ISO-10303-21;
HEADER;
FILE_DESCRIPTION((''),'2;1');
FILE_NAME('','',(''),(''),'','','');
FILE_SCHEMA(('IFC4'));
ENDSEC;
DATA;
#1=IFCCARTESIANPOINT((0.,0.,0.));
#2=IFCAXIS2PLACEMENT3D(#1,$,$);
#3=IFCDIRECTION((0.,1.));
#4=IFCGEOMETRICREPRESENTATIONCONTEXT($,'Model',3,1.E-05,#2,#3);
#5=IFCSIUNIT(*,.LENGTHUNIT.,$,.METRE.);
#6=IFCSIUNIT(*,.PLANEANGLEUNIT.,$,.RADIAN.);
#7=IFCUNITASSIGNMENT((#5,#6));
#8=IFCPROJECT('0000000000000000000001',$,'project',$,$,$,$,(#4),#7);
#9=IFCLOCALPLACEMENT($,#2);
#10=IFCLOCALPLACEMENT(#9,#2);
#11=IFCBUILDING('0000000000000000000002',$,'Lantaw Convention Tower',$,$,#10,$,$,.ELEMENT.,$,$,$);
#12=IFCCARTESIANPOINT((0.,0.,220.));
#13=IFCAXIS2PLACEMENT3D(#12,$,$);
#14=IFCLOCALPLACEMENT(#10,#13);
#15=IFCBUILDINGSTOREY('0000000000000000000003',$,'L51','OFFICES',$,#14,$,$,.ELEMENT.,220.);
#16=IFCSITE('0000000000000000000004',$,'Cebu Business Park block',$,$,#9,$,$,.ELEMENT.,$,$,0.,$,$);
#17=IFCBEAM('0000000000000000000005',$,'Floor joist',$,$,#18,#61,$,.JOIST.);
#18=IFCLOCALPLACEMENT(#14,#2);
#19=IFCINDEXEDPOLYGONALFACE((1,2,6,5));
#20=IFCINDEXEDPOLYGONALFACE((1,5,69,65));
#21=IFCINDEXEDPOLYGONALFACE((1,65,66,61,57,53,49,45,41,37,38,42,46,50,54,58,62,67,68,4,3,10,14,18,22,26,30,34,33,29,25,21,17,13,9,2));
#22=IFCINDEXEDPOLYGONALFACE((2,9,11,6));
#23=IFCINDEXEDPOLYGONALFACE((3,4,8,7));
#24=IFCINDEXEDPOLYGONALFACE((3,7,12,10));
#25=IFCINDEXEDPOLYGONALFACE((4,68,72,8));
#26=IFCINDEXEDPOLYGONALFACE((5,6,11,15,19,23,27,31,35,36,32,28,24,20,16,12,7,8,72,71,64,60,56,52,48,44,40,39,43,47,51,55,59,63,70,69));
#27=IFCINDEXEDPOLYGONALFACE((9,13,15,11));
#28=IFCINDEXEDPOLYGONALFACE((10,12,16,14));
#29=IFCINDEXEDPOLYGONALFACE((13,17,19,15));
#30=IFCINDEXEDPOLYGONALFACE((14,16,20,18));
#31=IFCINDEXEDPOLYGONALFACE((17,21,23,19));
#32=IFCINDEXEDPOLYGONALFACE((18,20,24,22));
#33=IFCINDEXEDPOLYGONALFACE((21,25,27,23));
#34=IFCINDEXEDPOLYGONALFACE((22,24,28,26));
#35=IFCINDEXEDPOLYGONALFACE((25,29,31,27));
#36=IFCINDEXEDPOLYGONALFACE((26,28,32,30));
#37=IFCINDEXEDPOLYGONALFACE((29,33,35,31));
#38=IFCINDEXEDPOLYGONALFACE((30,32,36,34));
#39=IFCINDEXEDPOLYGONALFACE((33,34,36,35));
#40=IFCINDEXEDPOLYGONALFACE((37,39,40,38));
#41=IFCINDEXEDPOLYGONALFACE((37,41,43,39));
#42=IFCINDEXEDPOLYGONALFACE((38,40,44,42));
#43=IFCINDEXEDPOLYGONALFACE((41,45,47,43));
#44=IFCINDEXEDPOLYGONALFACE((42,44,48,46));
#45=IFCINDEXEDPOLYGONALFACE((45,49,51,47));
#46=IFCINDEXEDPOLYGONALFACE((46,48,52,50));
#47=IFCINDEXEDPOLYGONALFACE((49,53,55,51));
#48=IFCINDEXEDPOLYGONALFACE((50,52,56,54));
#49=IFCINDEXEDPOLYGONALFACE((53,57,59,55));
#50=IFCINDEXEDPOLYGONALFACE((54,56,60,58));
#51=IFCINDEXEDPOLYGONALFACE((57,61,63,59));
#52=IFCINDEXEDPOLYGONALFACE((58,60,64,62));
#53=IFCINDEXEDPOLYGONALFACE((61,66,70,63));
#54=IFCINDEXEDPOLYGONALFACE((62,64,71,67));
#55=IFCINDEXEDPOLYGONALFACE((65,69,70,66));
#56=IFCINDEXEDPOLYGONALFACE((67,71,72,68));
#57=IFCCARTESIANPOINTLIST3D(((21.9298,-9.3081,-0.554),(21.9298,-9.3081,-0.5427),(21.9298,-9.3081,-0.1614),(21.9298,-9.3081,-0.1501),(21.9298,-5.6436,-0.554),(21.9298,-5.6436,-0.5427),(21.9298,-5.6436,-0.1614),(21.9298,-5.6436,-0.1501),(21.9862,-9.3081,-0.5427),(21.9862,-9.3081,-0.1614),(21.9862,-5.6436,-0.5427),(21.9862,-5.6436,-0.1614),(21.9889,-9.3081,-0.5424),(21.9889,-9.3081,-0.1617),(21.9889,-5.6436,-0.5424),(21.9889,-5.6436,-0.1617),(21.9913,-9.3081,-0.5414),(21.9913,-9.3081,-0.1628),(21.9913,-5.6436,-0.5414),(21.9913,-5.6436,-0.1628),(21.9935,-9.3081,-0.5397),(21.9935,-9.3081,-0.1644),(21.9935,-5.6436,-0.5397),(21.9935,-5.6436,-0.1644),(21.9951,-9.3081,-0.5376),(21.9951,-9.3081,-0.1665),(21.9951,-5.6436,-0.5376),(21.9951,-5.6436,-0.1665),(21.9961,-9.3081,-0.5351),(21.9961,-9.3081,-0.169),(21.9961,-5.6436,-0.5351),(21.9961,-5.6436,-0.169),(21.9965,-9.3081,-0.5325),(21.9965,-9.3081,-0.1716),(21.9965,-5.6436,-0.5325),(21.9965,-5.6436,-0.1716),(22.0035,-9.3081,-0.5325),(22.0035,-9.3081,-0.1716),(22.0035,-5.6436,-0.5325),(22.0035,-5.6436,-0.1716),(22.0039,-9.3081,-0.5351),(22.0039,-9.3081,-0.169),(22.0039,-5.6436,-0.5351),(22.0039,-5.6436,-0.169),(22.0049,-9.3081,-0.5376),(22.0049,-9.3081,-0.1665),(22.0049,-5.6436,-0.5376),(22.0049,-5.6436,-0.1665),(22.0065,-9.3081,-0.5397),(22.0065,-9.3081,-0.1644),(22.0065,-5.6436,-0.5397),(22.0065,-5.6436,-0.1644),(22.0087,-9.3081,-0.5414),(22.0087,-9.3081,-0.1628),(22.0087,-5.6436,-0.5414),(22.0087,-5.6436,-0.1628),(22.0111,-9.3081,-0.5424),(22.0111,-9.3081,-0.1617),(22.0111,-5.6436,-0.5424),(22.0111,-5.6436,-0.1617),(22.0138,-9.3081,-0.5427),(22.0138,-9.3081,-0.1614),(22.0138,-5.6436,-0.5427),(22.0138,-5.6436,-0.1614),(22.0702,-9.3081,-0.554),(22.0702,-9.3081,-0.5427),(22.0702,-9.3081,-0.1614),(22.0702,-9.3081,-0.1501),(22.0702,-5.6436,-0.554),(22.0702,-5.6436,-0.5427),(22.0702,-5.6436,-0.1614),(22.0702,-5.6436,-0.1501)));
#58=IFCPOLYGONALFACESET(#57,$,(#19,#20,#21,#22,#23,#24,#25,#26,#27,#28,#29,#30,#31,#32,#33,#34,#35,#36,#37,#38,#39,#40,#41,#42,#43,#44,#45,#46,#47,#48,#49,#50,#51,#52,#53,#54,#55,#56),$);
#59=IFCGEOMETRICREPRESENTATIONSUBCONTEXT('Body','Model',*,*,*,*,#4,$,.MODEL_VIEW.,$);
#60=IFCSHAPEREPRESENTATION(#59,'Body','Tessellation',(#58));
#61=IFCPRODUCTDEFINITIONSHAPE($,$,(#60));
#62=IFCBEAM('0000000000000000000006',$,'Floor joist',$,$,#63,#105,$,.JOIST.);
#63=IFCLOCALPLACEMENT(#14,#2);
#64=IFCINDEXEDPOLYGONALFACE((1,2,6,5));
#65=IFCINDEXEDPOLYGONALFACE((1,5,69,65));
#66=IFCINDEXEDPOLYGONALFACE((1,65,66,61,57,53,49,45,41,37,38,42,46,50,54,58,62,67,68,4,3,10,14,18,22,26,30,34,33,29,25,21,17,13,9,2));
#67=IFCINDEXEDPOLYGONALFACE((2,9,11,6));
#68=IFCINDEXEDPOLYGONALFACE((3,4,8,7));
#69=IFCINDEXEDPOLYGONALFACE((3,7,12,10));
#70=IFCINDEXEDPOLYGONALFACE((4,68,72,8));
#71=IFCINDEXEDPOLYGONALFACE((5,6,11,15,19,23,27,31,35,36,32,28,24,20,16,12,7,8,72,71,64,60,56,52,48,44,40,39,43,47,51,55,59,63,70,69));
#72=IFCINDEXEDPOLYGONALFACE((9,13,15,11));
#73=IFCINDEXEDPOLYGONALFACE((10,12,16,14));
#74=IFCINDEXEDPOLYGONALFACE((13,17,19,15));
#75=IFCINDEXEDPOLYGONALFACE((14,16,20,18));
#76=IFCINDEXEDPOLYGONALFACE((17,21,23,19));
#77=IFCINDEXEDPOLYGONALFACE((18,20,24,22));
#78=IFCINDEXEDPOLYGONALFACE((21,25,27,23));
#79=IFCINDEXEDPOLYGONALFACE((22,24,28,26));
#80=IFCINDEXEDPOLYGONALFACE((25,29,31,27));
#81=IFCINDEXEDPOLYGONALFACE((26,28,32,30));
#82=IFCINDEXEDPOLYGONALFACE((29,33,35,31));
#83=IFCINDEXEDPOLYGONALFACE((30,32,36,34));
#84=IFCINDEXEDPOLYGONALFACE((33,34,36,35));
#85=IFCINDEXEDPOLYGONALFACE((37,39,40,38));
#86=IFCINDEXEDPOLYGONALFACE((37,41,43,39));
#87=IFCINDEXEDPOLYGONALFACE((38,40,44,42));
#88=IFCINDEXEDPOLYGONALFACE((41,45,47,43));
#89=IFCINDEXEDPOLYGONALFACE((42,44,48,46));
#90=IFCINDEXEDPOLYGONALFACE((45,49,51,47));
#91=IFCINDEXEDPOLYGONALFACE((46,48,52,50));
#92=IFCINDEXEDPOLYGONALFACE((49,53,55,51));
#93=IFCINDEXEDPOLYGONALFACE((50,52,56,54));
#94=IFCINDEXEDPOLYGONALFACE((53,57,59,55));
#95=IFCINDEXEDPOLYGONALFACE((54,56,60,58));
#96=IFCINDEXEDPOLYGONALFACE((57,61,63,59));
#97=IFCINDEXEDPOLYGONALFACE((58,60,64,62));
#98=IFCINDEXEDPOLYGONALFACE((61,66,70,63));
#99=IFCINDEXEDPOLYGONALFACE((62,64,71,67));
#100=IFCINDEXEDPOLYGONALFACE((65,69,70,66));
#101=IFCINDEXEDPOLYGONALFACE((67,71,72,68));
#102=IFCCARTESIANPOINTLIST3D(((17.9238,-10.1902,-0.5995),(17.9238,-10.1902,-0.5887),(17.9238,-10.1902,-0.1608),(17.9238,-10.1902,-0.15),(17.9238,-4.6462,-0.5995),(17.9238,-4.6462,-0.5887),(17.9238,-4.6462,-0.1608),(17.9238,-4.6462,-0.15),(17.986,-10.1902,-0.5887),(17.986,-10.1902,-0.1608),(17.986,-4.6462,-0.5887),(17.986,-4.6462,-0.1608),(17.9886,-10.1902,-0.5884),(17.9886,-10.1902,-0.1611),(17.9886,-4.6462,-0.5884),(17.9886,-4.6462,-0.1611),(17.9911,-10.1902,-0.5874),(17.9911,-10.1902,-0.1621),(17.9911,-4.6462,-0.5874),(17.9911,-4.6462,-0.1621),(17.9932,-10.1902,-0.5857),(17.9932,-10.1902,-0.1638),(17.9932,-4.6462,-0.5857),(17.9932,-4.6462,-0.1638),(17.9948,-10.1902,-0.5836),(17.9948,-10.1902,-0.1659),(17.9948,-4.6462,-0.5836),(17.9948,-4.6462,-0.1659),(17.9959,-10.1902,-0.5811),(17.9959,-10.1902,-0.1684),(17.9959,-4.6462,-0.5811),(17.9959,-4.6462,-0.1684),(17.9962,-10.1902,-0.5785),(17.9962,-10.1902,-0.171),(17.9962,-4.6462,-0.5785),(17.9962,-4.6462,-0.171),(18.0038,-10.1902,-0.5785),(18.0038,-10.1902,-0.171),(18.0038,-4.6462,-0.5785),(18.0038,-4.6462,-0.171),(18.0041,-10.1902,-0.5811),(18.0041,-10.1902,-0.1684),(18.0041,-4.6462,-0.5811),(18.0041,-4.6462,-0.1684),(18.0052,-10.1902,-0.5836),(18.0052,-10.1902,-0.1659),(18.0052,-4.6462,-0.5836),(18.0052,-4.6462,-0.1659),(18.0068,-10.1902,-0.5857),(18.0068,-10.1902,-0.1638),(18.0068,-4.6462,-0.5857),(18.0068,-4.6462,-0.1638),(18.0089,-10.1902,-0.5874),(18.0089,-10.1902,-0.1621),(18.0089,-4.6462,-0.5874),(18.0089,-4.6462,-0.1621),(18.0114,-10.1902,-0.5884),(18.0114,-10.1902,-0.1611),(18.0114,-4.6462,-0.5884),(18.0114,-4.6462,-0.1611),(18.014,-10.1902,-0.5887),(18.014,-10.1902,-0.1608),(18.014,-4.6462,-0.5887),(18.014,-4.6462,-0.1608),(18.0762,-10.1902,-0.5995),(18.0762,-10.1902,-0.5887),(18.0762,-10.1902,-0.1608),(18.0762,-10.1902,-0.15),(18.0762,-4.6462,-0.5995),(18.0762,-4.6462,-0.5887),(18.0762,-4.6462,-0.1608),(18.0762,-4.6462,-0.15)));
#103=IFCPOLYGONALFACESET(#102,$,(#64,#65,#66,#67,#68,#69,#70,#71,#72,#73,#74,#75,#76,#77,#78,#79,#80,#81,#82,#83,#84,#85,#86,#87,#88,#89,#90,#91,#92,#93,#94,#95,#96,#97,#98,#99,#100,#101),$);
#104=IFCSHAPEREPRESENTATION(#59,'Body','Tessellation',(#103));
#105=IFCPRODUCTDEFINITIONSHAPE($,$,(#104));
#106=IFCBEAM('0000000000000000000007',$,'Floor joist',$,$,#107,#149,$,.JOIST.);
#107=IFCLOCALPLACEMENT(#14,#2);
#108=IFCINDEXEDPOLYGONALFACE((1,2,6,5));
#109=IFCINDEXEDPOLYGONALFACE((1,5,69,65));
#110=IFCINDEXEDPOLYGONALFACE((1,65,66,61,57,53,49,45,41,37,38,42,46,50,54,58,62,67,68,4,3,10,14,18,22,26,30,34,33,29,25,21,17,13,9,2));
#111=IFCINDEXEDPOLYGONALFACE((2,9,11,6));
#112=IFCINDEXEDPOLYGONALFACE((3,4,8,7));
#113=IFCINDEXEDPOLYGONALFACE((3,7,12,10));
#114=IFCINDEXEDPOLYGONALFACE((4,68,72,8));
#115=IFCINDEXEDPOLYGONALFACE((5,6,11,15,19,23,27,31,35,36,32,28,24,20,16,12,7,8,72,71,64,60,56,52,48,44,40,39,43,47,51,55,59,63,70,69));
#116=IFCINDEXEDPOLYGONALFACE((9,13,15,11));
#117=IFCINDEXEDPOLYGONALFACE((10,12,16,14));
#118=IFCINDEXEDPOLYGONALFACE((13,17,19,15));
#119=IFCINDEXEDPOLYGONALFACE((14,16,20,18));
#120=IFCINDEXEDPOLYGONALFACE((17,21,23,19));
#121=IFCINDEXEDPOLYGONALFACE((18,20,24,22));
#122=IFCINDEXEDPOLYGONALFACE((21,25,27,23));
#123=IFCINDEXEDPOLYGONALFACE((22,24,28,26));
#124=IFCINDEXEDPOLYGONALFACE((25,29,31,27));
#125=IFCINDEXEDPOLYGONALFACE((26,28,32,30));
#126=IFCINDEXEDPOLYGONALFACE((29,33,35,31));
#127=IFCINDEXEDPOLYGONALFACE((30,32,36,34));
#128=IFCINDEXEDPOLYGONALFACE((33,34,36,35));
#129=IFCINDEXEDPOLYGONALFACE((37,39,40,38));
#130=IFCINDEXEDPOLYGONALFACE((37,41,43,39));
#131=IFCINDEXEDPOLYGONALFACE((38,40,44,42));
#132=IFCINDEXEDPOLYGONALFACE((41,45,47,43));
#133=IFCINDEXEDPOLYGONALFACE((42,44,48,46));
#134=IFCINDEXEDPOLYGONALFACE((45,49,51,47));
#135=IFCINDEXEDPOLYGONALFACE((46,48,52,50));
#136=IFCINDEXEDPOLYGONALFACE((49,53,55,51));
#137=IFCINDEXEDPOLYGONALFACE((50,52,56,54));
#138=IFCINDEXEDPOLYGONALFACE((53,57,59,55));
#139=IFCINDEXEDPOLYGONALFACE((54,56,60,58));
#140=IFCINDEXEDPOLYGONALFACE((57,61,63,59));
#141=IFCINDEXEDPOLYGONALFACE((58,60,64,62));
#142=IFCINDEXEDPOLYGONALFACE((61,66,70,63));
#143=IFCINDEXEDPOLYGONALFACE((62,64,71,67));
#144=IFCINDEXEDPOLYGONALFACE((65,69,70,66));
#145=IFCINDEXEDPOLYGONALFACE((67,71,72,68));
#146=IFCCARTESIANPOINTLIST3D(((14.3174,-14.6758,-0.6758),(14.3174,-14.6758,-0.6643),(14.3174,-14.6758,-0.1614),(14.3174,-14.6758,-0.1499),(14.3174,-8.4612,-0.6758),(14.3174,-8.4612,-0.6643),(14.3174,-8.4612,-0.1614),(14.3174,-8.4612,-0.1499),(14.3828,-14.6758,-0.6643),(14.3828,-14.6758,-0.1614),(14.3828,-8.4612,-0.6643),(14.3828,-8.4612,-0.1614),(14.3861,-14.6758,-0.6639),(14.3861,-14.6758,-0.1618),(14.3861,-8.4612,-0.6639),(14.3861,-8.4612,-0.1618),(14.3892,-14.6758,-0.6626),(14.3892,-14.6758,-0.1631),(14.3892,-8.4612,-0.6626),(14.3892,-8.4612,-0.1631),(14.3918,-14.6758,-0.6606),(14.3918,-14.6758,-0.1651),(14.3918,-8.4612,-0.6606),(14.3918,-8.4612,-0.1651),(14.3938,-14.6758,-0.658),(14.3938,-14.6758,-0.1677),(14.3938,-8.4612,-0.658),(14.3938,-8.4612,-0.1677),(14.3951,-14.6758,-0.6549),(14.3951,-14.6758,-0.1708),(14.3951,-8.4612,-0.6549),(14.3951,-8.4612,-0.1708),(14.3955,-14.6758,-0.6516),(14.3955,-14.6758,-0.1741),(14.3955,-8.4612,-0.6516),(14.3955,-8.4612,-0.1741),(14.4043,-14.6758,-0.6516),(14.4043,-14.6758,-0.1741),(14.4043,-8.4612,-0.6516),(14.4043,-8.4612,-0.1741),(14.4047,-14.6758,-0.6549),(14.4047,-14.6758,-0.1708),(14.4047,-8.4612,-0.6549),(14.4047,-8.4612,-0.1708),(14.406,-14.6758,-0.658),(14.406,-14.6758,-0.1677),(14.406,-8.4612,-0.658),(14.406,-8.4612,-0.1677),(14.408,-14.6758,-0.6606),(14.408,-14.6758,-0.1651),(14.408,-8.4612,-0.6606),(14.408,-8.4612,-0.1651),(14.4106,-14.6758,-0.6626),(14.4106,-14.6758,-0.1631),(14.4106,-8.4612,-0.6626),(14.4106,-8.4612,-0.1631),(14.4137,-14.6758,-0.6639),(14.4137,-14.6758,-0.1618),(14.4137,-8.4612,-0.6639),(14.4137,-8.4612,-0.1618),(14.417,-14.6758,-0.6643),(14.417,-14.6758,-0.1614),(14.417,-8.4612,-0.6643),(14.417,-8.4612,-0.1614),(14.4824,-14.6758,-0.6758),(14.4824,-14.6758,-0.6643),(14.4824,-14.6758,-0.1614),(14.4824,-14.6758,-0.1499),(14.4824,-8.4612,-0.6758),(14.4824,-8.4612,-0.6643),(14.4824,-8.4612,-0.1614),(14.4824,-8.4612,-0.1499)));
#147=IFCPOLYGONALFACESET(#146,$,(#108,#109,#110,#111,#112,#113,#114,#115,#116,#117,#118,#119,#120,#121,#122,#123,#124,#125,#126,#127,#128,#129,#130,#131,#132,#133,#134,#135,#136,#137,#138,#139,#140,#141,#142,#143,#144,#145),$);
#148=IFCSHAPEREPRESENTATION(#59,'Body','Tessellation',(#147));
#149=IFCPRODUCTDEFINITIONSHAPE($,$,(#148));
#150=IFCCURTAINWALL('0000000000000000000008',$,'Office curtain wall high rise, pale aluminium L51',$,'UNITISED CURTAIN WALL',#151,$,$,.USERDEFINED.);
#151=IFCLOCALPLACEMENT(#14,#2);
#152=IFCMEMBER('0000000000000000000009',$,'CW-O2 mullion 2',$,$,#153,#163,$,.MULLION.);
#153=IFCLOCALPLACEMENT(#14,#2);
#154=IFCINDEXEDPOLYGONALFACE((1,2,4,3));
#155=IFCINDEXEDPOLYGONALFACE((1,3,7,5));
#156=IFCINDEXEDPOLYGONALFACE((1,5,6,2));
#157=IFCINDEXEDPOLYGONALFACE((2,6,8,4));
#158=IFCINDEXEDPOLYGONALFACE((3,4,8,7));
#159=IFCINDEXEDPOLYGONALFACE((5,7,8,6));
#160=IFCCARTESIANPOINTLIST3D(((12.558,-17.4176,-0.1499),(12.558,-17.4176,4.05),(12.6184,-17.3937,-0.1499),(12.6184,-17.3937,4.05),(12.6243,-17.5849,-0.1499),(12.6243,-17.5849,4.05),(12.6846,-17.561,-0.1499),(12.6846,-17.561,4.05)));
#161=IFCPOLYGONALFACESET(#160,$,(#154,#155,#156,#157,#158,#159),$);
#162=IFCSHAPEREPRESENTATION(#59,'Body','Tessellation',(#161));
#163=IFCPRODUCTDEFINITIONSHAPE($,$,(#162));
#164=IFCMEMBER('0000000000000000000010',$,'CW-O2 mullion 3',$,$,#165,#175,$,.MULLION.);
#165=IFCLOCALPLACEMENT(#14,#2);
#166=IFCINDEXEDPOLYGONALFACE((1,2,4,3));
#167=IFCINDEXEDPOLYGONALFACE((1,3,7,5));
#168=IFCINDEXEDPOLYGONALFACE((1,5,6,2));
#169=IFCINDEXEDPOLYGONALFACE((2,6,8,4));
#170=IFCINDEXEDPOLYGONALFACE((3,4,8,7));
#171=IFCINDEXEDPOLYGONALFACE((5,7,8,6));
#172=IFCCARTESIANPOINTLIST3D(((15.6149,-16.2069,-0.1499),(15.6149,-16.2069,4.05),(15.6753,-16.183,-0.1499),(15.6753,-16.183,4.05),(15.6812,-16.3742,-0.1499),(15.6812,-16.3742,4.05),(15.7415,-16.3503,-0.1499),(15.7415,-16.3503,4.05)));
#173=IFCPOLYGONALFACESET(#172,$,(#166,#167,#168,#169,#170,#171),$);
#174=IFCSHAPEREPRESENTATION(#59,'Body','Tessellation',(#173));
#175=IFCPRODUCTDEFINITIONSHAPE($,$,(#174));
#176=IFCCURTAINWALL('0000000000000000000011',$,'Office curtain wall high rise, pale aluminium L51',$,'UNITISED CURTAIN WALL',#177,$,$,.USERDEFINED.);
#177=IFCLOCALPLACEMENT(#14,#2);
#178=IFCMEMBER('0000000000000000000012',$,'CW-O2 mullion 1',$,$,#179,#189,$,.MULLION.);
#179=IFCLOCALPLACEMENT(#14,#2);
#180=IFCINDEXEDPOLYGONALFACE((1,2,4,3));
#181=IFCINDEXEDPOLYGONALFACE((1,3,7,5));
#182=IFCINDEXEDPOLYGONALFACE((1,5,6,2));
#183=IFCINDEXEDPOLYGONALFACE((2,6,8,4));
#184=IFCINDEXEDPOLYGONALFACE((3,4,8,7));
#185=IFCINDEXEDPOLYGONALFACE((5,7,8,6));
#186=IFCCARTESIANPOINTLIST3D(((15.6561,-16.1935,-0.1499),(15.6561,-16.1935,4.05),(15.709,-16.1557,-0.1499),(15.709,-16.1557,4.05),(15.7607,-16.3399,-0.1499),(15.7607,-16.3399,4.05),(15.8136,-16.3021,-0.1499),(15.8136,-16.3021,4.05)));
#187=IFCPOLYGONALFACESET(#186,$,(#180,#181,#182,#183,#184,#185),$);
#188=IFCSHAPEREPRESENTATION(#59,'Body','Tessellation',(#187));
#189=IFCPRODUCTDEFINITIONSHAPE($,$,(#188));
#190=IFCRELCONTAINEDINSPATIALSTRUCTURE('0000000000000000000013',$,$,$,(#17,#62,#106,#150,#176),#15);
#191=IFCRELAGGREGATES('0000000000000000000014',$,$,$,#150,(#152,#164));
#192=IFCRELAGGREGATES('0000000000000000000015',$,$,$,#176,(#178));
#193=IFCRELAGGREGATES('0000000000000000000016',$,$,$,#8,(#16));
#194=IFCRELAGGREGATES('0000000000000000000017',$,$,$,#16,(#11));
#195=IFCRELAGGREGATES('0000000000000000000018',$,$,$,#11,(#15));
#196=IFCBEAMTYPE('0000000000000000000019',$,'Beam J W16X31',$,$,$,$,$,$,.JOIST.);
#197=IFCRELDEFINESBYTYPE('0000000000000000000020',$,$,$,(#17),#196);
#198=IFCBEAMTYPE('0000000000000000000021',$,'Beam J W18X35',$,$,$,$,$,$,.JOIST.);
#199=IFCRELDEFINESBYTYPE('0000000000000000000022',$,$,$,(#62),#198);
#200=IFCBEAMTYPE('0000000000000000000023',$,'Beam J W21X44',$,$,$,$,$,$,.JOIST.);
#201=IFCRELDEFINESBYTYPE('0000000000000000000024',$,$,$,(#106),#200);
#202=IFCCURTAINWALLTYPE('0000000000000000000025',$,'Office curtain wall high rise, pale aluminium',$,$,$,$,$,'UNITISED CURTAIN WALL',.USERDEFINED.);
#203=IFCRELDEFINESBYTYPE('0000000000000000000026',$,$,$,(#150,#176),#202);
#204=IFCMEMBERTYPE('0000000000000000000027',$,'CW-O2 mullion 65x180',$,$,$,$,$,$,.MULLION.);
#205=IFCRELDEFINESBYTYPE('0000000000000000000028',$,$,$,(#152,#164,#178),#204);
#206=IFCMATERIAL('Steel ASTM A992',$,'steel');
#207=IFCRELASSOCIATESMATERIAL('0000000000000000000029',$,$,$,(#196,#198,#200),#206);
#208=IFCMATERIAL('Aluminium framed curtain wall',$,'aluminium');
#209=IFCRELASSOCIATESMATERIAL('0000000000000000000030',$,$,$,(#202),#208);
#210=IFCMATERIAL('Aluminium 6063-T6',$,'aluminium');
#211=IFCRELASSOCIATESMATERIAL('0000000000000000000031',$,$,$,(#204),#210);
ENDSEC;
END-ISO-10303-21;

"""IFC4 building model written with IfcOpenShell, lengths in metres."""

from ifc_helpers import new_model, si_unit, direction, frame, origin, origin_2d, place, context, subcontext, project, spatial, rectangle, i_section, extrude, material, material_profile, profile_set, type_object, element, aggregate, save


model = new_model("IFC4")

# Units and contexts
model_context = context("Model", 3, precision=1e-05, world=origin(), true_north=direction((0.0, 1.0)))
body_context = subcontext(model_context, "Body", "Model", "MODEL_VIEW")
ifc_project = project(units=[si_unit("LENGTHUNIT", "METRE"), si_unit("PLANEANGLEUNIT", "RADIAN")], contexts=[model_context])

# Site, building, storey
site_placement = place(None, origin())
site = spatial("IfcSite", under=ifc_project, at=site_placement, Name="Cebu Business Park block", CompositionType="ELEMENT", RefElevation=0.0)
building_placement = place(site_placement, origin())
building = spatial("IfcBuilding", under=site, at=building_placement, Name="Lantaw Convention Tower", CompositionType="ELEMENT")
storey_placement = place(building_placement, frame((0.0, 0.0, 220.0)))
storey = spatial("IfcBuildingStorey", under=building, at=storey_placement, Name="L51", Description="OFFICES", CompositionType="ELEMENT", Elevation=220.0)

# Beams
ifc_material_1 = material(Name="Steel ASTM A992", Category="steel")
ifc_material_profile_1 = material_profile(ifc_material_1, i_section(OverallWidth=0.1404, OverallDepth=0.4038, WebThickness=0.0071, FlangeThickness=0.0112, FilletRadius=0.0103, at=origin_2d()), Name="W16X31")
ifc_profile_set_1 = profile_set([ifc_material_profile_1], Name="Steel ASTM A992")
beam_type_1 = type_object("IfcBeamType", Name="Beam J W16X31", PredefinedType="JOIST", material=ifc_profile_set_1)
beam_1_placement = place(storey_placement, frame((22.0, -9.3081, -0.3521), z_axis=(0.0, 1.0, 0.0), x_axis=(-1.0, 0.0, 0.0)))
element("IfcBeam", 1, at=beam_1_placement, inside=storey, type_object=beam_type_1, Name="Floor joist", PredefinedType="JOIST", context=body_context, shape_type="SweptSolid", body=[
    extrude(i_section(OverallWidth=0.1404, OverallDepth=0.4038, WebThickness=0.0071, FlangeThickness=0.0112, FilletRadius=0.0103, at=origin_2d()), origin(), (0.0, 0.0, 1.0), 3.6646),
])
ifc_material_profile_2 = material_profile(ifc_material_1, i_section(OverallWidth=0.1523, OverallDepth=0.4495, WebThickness=0.0076, FlangeThickness=0.0107, FilletRadius=0.0103, at=origin_2d()), Name="W18X35")
ifc_profile_set_2 = profile_set([ifc_material_profile_2], Name="Steel ASTM A992")
beam_type_2 = type_object("IfcBeamType", Name="Beam J W18X35", PredefinedType="JOIST", material=ifc_profile_set_2)
beam_2_placement = place(storey_placement, frame((18.0, -10.1902, -0.3748), z_axis=(0.0, 1.0, 0.0), x_axis=(-1.0, 0.0, 0.0)))
element("IfcBeam", 2, at=beam_2_placement, inside=storey, type_object=beam_type_2, Name="Floor joist", PredefinedType="JOIST", context=body_context, shape_type="SweptSolid", body=[
    extrude(i_section(OverallWidth=0.1523, OverallDepth=0.4495, WebThickness=0.0076, FlangeThickness=0.0107, FilletRadius=0.0103, at=origin_2d()), origin(), (0.0, 0.0, 1.0), 5.5439),
])
ifc_material_profile_3 = material_profile(ifc_material_1, i_section(OverallWidth=0.165, OverallDepth=0.5259, WebThickness=0.0088, FlangeThickness=0.0115, FilletRadius=0.0127, at=origin_2d()), Name="W21X44")
ifc_profile_set_3 = profile_set([ifc_material_profile_3], Name="Steel ASTM A992")
beam_type_3 = type_object("IfcBeamType", Name="Beam J W21X44", PredefinedType="JOIST", material=ifc_profile_set_3)
beam_3_placement = place(storey_placement, frame((14.3999, -14.6758, -0.4128), z_axis=(0.0, 1.0, 0.0), x_axis=(-1.0, 0.0, 0.0)))
element("IfcBeam", 3, at=beam_3_placement, inside=storey, type_object=beam_type_3, Name="Floor joist", PredefinedType="JOIST", context=body_context, shape_type="SweptSolid", body=[
    extrude(i_section(OverallWidth=0.165, OverallDepth=0.5259, WebThickness=0.0088, FlangeThickness=0.0115, FilletRadius=0.0127, at=origin_2d()), origin(), (0.0, 0.0, 1.0), 6.2146),
])

# Curtain walls, members
ifc_material_2 = material(Name="Aluminium framed curtain wall", Category="aluminium")
curtain_wall_type = type_object("IfcCurtainWallType", Name="Office curtain wall high rise, pale aluminium", ElementType="UNITISED CURTAIN WALL", PredefinedType="USERDEFINED", material=ifc_material_2)
curtain_wall_1_placement = place(storey_placement, origin())
curtain_wall_1 = element("IfcCurtainWall", 4, at=curtain_wall_1_placement, inside=storey, type_object=curtain_wall_type, Name="Office curtain wall high rise, pale aluminium L51", ObjectType="UNITISED CURTAIN WALL", PredefinedType="USERDEFINED")
ifc_material_3 = material(Name="Aluminium 6063-T6", Category="aluminium")
ifc_material_profile_4 = material_profile(ifc_material_3, rectangle(XDim=0.1799, YDim=0.0649, at=origin_2d()), Name="CW-O2 mullion 65x180")
ifc_profile_set_4 = profile_set([ifc_material_profile_4], Name="Aluminium 6063-T6")
member_type_1 = type_object("IfcMemberType", Name="CW-O2 mullion 65x180", PredefinedType="MULLION", material=ifc_profile_set_4)
member_1_placement = place(storey_placement, frame((12.6213, -17.4893, -0.1499), z_axis=(0.0, 0.0, 1.0), x_axis=(-0.368162, 0.929762, 0.0)))
member_1 = element("IfcMember", 5, at=member_1_placement, type_object=member_type_1, Name="CW-O2 mullion 2", PredefinedType="MULLION", context=body_context, shape_type="SweptSolid", body=[
    extrude(rectangle(XDim=0.1799, YDim=0.0649, at=origin_2d()), origin(), (0.0, 0.0, 1.0), 4.2),
])
member_2_placement = place(storey_placement, frame((15.6782, -16.2786, -0.1499), z_axis=(0.0, 0.0, 1.0), x_axis=(-0.368162, 0.929762, 0.0)))
member_2 = element("IfcMember", 6, at=member_2_placement, type_object=member_type_1, Name="CW-O2 mullion 3", PredefinedType="MULLION", context=body_context, shape_type="SweptSolid", body=[
    extrude(rectangle(XDim=0.1799, YDim=0.0649, at=origin_2d()), origin(), (0.0, 0.0, 1.0), 4.2),
])
curtain_wall_2_placement = place(storey_placement, origin())
curtain_wall_2 = element("IfcCurtainWall", 7, at=curtain_wall_2_placement, inside=storey, type_object=curtain_wall_type, Name="Office curtain wall high rise, pale aluminium L51", ObjectType="UNITISED CURTAIN WALL", PredefinedType="USERDEFINED")
member_3_placement = place(storey_placement, frame((15.7349, -16.2478, -0.1499), z_axis=(0.0, 0.0, 1.0), x_axis=(-0.581323, 0.813673, 0.0)))
member_3 = element("IfcMember", 8, at=member_3_placement, type_object=member_type_1, Name="CW-O2 mullion 1", PredefinedType="MULLION", context=body_context, shape_type="SweptSolid", body=[
    extrude(rectangle(XDim=0.1799, YDim=0.0649, at=origin_2d()), origin(), (0.0, 0.0, 1.0), 4.2),
])

aggregate(curtain_wall_1, [member_1, member_2])
aggregate(curtain_wall_2, [member_3])

save(model, "model.ifc")
